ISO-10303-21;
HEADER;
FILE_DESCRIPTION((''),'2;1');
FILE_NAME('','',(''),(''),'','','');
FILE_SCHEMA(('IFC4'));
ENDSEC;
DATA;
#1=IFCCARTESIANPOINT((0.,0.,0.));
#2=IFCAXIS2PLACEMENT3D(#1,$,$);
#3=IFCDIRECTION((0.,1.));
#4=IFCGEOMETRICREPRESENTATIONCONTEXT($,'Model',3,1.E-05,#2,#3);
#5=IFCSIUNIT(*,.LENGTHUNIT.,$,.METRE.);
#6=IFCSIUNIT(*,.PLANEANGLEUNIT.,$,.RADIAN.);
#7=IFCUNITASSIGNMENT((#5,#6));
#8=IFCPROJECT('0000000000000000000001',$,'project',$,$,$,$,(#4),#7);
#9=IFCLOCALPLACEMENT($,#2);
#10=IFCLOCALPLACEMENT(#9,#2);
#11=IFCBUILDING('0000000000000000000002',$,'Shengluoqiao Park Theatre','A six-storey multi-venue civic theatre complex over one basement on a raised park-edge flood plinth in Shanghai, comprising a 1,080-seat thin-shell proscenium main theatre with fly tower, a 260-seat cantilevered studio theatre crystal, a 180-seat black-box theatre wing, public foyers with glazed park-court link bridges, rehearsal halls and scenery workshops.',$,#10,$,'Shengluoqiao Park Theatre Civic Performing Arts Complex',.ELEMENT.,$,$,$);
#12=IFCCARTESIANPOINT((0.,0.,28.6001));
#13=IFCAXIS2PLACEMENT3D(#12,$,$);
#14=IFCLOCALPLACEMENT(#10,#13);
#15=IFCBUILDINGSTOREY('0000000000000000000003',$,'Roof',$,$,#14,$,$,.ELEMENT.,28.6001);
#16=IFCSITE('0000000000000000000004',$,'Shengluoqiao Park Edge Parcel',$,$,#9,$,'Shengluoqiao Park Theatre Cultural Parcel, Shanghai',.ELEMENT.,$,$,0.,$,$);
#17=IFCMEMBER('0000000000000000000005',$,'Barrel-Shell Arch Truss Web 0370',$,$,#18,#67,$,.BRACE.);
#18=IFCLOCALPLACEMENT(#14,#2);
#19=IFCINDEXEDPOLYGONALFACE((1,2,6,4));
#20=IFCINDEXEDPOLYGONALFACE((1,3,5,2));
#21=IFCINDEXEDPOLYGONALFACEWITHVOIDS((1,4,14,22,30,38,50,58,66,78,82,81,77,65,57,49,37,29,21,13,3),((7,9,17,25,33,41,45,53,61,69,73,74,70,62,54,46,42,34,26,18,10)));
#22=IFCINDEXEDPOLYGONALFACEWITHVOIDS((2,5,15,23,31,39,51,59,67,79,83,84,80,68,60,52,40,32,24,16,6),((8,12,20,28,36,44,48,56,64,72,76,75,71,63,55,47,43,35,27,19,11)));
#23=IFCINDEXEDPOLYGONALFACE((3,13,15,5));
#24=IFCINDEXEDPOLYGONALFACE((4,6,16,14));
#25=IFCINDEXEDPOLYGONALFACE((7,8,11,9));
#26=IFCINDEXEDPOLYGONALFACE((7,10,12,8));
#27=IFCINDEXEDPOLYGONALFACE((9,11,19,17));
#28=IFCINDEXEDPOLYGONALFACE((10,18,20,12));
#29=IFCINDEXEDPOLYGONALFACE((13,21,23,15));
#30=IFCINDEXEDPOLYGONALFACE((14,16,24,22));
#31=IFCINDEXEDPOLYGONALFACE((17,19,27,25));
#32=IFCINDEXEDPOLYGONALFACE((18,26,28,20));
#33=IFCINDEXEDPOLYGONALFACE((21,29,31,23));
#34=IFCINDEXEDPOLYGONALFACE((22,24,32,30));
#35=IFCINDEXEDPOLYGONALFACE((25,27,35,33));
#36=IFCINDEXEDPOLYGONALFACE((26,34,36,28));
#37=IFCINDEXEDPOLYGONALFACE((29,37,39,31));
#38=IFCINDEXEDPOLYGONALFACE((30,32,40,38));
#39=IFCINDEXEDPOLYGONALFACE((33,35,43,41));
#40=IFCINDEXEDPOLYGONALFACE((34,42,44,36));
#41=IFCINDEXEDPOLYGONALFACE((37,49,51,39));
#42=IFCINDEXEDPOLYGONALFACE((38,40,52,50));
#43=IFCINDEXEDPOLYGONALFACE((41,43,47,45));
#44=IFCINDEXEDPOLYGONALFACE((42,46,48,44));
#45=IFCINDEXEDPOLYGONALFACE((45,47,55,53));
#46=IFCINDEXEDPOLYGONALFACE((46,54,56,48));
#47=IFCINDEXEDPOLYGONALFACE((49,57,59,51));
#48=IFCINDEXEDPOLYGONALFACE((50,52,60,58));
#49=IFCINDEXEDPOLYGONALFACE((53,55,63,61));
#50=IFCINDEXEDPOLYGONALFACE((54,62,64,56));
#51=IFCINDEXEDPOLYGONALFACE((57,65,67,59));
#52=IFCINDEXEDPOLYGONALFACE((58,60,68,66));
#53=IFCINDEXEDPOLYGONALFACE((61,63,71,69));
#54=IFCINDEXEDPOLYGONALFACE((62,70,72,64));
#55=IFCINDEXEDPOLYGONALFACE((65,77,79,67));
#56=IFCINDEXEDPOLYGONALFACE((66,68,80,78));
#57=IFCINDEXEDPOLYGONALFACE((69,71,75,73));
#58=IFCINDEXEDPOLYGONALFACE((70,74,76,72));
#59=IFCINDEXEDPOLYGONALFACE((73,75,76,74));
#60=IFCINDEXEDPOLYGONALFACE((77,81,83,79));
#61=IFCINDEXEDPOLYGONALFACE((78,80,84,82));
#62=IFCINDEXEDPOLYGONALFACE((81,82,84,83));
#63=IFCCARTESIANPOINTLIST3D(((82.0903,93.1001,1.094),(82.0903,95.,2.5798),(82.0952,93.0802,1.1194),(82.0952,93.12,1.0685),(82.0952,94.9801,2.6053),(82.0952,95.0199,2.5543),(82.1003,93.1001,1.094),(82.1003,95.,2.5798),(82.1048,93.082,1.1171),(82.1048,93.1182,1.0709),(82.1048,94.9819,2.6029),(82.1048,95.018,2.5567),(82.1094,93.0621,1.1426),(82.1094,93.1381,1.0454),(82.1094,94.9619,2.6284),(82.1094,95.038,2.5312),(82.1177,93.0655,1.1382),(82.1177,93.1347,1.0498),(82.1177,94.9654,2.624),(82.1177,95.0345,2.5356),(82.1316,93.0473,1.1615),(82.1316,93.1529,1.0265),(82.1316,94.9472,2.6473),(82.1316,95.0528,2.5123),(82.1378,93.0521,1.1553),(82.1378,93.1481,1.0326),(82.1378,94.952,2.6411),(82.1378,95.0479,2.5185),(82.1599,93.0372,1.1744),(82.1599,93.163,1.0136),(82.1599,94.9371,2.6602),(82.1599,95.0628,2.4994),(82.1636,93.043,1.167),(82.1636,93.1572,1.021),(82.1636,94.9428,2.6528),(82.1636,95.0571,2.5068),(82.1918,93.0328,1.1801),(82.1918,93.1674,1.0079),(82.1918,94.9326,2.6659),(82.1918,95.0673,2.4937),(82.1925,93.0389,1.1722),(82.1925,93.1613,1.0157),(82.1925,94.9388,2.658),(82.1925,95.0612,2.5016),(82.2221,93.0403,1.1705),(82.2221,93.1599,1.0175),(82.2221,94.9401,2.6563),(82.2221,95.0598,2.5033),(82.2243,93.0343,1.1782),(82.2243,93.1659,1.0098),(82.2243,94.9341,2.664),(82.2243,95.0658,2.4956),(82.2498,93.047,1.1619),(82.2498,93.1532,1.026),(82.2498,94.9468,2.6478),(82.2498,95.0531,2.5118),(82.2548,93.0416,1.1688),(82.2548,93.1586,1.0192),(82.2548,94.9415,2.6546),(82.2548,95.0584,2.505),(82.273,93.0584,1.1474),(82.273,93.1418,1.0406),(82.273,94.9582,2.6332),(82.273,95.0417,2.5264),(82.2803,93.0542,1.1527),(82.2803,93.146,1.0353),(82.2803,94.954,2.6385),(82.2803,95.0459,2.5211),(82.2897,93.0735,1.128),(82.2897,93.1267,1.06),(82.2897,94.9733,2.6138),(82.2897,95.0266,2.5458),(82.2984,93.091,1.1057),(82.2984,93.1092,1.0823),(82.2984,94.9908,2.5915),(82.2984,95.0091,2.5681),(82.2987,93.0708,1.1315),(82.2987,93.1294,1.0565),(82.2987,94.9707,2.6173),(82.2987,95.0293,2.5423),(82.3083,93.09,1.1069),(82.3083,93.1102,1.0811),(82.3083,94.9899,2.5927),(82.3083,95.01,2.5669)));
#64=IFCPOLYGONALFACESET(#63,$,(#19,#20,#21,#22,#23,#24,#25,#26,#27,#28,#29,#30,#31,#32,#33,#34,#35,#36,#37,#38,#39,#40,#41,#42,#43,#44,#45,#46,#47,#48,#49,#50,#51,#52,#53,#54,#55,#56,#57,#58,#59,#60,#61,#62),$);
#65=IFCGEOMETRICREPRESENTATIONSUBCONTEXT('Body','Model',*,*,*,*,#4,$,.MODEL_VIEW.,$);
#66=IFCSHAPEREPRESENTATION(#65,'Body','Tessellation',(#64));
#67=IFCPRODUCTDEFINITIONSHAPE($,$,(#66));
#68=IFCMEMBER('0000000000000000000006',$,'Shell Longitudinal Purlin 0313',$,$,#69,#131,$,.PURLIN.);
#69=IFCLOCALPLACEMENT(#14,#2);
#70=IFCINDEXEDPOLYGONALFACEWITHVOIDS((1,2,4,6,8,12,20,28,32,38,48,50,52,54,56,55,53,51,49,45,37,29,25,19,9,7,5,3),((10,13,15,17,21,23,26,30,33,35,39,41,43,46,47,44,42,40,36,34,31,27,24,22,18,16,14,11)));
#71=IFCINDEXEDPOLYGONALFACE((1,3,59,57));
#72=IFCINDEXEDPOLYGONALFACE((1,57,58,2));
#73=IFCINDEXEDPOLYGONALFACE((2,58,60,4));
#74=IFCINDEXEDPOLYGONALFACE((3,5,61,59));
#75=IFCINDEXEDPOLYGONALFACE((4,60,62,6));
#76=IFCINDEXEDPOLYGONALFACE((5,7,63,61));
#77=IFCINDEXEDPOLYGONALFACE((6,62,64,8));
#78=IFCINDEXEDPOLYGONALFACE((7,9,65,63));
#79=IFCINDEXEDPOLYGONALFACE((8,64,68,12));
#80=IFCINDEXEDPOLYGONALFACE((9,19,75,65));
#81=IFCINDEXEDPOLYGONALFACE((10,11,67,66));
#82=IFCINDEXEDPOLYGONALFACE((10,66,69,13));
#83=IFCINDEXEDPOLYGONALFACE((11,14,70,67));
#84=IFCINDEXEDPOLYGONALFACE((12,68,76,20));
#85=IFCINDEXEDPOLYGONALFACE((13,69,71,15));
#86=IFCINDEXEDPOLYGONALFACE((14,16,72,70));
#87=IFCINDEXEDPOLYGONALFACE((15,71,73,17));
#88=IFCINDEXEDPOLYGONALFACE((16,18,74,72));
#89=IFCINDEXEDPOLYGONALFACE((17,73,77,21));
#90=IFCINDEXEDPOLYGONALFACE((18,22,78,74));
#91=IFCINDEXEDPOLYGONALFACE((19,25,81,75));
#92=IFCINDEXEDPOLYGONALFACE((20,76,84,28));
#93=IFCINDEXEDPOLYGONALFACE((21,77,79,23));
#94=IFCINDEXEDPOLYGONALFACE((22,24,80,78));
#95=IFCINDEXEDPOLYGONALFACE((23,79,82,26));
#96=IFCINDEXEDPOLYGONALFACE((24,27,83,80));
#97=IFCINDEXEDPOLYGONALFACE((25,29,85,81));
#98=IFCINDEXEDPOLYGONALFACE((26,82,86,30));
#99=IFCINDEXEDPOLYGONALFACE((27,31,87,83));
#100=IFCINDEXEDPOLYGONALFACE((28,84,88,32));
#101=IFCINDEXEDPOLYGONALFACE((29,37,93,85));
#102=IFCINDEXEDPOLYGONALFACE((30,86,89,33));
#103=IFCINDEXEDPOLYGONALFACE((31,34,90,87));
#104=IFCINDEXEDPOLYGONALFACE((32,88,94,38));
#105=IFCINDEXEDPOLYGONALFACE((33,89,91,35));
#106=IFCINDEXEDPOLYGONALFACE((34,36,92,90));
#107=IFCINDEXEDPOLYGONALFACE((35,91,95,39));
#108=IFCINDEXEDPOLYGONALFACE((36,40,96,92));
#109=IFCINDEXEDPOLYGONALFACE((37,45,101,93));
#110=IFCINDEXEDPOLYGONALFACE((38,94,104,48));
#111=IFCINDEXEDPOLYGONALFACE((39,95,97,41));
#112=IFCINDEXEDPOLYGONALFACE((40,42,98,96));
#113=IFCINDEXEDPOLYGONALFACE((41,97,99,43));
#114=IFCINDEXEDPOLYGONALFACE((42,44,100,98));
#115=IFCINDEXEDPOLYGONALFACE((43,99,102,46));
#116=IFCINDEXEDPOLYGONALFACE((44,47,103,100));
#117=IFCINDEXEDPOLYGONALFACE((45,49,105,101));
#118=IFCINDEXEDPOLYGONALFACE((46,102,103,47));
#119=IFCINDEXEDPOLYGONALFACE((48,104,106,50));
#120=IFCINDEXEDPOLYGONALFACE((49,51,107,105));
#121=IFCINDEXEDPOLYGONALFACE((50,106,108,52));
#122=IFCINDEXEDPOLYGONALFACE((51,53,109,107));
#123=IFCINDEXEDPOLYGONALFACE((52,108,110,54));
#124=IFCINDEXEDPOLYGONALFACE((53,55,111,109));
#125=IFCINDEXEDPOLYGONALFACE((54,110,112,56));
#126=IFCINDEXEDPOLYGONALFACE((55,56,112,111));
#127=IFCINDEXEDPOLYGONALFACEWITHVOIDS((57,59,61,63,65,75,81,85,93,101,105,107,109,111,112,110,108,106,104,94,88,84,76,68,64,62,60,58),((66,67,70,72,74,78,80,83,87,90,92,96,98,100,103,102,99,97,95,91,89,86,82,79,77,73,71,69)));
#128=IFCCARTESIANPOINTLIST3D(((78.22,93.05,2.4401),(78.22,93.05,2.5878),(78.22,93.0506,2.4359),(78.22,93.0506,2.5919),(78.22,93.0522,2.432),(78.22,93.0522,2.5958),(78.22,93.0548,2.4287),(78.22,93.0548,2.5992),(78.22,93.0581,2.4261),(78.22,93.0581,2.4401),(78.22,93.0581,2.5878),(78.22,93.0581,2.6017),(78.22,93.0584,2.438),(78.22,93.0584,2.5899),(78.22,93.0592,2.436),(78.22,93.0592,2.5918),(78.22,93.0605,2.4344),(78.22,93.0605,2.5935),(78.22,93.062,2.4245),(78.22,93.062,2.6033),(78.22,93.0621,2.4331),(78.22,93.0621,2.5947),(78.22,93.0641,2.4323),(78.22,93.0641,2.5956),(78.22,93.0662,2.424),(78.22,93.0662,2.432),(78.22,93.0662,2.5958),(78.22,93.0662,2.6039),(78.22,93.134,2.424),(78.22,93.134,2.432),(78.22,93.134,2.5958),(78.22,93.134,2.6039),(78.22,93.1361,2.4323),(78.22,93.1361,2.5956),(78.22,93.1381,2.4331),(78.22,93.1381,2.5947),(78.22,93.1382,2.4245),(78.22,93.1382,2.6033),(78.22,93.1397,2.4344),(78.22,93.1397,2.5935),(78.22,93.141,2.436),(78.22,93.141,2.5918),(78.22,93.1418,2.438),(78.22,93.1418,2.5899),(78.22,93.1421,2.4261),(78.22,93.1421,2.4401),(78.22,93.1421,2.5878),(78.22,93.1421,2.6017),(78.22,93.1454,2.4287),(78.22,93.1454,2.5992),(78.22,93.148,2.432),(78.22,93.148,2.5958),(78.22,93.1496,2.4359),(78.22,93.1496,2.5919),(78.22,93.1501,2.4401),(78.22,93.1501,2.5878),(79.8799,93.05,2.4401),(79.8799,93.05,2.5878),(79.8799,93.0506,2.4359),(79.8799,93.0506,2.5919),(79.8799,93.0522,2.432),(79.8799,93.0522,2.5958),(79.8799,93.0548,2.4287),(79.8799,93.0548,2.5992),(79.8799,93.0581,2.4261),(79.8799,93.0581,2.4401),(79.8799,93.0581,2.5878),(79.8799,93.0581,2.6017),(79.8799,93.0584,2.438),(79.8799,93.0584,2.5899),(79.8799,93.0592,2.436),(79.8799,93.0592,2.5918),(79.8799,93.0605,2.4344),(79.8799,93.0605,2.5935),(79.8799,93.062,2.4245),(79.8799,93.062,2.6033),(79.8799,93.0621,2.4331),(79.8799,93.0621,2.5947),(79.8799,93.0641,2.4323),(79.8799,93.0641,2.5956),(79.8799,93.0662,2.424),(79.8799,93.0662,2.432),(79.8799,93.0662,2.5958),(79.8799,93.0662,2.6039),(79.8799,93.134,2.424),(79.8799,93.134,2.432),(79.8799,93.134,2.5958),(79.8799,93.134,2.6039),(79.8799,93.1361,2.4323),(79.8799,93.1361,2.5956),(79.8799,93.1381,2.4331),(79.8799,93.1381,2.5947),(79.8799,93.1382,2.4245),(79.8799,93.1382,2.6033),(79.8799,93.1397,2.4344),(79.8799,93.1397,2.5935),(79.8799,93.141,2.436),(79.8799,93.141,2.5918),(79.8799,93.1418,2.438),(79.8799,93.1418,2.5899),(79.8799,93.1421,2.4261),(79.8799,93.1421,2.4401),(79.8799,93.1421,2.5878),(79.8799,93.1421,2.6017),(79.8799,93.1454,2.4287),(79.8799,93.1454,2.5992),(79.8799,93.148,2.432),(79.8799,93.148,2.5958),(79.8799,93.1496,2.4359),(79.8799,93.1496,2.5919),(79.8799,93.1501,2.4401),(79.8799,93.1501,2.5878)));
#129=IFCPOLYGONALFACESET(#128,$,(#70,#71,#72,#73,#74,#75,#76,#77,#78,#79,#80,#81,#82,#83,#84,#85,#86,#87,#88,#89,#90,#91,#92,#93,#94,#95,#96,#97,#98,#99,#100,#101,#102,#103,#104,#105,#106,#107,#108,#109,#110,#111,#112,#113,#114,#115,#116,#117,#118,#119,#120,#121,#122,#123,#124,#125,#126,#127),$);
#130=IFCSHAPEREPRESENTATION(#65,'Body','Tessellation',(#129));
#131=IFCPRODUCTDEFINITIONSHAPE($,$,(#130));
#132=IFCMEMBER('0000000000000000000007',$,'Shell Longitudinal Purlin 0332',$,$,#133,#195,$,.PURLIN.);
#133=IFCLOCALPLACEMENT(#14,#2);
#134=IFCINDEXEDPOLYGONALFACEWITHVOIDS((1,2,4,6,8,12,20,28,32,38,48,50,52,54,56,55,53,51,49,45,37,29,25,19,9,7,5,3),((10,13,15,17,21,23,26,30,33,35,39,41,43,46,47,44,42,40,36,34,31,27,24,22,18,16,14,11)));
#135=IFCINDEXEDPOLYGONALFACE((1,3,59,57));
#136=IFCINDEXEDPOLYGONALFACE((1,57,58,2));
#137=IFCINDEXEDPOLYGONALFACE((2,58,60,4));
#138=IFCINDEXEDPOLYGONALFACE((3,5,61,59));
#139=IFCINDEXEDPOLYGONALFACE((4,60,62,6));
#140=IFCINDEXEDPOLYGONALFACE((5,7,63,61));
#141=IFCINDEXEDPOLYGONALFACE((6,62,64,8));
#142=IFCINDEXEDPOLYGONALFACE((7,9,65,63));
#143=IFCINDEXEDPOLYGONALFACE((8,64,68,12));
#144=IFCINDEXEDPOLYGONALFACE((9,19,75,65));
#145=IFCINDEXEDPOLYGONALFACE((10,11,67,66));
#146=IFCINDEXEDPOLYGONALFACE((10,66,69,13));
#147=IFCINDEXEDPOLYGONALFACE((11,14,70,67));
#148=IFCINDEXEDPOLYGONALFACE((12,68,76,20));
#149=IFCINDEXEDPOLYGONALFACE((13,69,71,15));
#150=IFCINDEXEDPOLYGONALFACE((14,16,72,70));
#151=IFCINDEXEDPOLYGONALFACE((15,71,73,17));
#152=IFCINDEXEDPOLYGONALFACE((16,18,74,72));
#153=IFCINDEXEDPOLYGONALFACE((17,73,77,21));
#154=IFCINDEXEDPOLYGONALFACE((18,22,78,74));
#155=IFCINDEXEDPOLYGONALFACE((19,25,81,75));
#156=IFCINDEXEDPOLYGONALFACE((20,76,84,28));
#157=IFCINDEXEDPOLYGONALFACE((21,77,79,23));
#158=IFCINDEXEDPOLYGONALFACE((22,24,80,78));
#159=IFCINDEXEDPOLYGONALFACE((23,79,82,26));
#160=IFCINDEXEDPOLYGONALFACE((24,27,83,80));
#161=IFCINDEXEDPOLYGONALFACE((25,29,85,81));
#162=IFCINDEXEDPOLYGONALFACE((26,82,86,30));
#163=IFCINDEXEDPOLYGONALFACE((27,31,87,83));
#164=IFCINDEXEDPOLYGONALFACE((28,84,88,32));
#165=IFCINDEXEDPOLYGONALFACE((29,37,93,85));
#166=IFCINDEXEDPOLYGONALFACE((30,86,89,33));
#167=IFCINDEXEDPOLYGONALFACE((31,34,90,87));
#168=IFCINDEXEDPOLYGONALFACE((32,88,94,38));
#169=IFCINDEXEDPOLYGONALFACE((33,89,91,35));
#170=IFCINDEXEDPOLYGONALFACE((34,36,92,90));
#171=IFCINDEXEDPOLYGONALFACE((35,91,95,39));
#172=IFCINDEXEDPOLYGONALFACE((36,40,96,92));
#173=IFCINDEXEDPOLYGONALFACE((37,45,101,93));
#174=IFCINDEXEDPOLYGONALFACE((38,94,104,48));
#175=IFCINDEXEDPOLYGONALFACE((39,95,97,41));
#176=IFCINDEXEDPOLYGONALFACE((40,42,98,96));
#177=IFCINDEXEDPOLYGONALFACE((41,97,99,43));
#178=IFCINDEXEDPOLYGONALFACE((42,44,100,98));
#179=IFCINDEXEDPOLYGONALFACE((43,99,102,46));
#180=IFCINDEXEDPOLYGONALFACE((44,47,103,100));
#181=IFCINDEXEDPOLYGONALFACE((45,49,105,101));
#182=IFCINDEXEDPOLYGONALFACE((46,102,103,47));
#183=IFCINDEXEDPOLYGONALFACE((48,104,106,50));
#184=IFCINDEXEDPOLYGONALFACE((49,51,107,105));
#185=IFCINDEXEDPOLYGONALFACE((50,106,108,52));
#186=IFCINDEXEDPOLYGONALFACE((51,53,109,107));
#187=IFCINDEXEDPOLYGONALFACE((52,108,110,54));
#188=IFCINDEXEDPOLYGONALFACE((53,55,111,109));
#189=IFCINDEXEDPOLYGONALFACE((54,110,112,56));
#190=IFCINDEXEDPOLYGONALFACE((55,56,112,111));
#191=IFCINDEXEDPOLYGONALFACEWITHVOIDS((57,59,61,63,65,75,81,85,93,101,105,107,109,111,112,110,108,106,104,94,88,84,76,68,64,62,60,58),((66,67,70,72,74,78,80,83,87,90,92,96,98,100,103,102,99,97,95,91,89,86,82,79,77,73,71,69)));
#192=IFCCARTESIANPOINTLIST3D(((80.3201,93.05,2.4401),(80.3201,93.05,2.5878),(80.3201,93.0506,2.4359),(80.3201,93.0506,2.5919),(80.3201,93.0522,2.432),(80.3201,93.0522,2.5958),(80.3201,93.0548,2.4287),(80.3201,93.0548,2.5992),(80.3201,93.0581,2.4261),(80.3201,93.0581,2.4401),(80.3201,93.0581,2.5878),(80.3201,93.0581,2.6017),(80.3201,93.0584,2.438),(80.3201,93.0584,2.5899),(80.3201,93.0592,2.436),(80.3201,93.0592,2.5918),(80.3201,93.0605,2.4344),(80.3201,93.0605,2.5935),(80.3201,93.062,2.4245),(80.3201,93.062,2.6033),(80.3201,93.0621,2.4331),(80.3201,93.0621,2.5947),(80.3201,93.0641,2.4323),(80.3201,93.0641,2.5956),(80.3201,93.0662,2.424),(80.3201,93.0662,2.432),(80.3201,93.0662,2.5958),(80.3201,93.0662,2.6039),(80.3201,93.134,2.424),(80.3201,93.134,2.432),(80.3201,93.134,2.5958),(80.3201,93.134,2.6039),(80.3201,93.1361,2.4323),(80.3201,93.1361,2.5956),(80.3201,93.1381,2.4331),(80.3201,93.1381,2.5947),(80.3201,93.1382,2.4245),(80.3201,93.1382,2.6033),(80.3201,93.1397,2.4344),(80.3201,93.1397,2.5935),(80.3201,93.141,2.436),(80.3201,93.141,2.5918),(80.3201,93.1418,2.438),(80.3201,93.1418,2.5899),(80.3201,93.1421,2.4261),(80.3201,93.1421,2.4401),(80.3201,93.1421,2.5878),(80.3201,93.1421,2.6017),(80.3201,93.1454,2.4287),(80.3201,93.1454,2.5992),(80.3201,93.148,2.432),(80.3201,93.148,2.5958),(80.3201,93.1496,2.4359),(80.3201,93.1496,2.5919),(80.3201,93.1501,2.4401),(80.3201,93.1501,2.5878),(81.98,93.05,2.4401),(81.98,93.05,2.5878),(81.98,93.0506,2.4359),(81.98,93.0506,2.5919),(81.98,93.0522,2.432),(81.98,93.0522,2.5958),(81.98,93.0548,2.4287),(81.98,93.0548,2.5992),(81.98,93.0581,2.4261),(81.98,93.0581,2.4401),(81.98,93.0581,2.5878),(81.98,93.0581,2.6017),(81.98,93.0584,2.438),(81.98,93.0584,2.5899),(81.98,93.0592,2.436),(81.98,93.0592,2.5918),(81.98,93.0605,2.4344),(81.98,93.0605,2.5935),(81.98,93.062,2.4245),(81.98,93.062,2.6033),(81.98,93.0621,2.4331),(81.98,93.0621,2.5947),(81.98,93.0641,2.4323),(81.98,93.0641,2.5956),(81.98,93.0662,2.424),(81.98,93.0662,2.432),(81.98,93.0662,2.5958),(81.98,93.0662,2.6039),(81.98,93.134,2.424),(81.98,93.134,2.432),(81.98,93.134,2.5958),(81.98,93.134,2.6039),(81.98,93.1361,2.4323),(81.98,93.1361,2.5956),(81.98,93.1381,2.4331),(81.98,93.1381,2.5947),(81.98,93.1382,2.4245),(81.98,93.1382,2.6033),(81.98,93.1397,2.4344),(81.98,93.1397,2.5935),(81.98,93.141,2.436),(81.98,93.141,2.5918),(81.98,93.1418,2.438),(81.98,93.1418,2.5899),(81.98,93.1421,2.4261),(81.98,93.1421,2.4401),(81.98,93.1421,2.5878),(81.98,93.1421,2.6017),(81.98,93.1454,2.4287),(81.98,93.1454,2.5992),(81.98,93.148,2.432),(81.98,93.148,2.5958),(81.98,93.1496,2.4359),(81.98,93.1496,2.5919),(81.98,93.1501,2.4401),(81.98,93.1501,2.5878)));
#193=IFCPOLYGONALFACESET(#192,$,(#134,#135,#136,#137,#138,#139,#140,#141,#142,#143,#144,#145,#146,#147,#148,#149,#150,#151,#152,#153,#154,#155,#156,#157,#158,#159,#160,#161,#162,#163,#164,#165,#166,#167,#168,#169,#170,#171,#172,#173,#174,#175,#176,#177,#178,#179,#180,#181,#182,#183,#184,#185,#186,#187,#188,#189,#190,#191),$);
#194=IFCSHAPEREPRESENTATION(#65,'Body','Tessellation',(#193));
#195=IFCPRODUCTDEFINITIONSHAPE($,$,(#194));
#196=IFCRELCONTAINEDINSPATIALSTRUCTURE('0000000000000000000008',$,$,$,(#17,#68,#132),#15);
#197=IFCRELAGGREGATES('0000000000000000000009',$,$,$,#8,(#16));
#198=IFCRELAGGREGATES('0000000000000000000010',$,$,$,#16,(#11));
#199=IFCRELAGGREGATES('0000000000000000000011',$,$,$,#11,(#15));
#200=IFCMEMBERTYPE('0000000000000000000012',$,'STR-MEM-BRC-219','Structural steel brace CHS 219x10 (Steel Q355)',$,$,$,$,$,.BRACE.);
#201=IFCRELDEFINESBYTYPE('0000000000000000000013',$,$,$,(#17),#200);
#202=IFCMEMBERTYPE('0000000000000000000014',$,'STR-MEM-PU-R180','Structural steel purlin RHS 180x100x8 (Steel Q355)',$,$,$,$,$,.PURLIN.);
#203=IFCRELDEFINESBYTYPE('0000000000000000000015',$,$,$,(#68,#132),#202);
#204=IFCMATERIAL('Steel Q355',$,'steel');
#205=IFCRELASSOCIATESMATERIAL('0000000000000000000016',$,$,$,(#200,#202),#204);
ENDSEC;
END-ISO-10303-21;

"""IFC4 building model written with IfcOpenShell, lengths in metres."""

from ifc_helpers import new_model, si_unit, direction, frame, origin, origin_2d, place, context, subcontext, project, spatial, hollow_rectangle, hollow_circle, extrude, material, material_profile, profile_set, type_object, element, save


model = new_model("IFC4")

# Units and contexts
model_context = context("Model", 3, precision=1e-05, world=origin(), true_north=direction((0.0, 1.0)))
body_context = subcontext(model_context, "Body", "Model", "MODEL_VIEW")
ifc_project = project(units=[si_unit("LENGTHUNIT", "METRE"), si_unit("PLANEANGLEUNIT", "RADIAN")], contexts=[model_context])

# Site, building, storey
site_placement = place(None, origin())
site = spatial("IfcSite", under=ifc_project, at=site_placement, Name="Shengluoqiao Park Edge Parcel", LongName="Shengluoqiao Park Theatre Cultural Parcel, Shanghai", CompositionType="ELEMENT", RefElevation=0.0)
building_placement = place(site_placement, origin())
building = spatial("IfcBuilding", under=site, at=building_placement, Name="Shengluoqiao Park Theatre", Description="A six-storey multi-venue civic theatre complex over one basement on a raised park-edge flood plinth in Shanghai, comprising a 1,080-seat thin-shell proscenium main theatre with fly tower, a 260-seat cantilevered studio theatre crystal, a 180-seat black-box theatre wing, public foyers with glazed park-court link bridges, rehearsal halls and scenery workshops.", LongName="Shengluoqiao Park Theatre Civic Performing Arts Complex", CompositionType="ELEMENT")
storey_placement = place(building_placement, frame((0.0, 0.0, 28.6001)))
storey = spatial("IfcBuildingStorey", under=building, at=storey_placement, Name="Roof", CompositionType="ELEMENT", Elevation=28.6001)

# Shared definitions
ifc_material_1 = material(Name="Steel Q355", Category="steel")

# Members
ifc_material_profile_1 = material_profile(ifc_material_1, hollow_circle(Radius=0.1096, WallThickness=0.01, at=origin_2d()), Name="CHS 219x10")
ifc_profile_set_1 = profile_set([ifc_material_profile_1], Name="Steel Q355")
member_type_1 = type_object("IfcMemberType", Name="STR-MEM-BRC-219", Description="Structural steel brace CHS 219x10 (Steel Q355)", PredefinedType="BRACE", material=ifc_profile_set_1)
member_1_placement = place(storey_placement, frame((82.2, 93.1001, 1.094), z_axis=(0.0, 0.787714, 0.616041), x_axis=(-1.0, 0.0, 0.0)))
element("IfcMember", 1, at=member_1_placement, inside=storey, type_object=member_type_1, Name="Barrel-Shell Arch Truss Web 0370", PredefinedType="BRACE", context=body_context, shape_type="SweptSolid", body=[
    extrude(hollow_circle(Radius=0.1096, WallThickness=0.01, at=origin_2d()), origin(), (0.0, 0.0, 1.0), 2.4119),
])
ifc_material_profile_2 = material_profile(ifc_material_1, hollow_rectangle(XDim=0.1001, YDim=0.1799, WallThickness=0.0081, InnerFilletRadius=0.0081, OuterFilletRadius=0.0161, at=origin_2d()), Name="RHS 180x100x8")
ifc_profile_set_2 = profile_set([ifc_material_profile_2], Name="Steel Q355")
member_type_2 = type_object("IfcMemberType", Name="STR-MEM-PU-R180", Description="Structural steel purlin RHS 180x100x8 (Steel Q355)", PredefinedType="PURLIN", material=ifc_profile_set_2)
for number, where, z_axis, x_axis, name in (
    (2, (78.22, 93.1001, 2.5139), (1.0, 0.0, 0.0), (0.0, 1.0, 0.0), "Shell Longitudinal Purlin 0313"),
    (3, (80.3201, 93.1001, 2.5139), (1.0, 0.0, 0.0), (0.0, 1.0, 0.0), "Shell Longitudinal Purlin 0332"),
):
    element("IfcMember", number, at=place(storey_placement, frame(where, z_axis=z_axis, x_axis=x_axis)), inside=storey, type_object=member_type_2, Name=name, PredefinedType="PURLIN", context=body_context, shape_type="SweptSolid", body=[
        extrude(hollow_rectangle(XDim=0.1001, YDim=0.1799, WallThickness=0.0081, InnerFilletRadius=0.0081, OuterFilletRadius=0.0161, at=origin_2d()), origin(), (0.0, 0.0, 1.0), 1.6599),
    ])

save(model, "model.ifc")
